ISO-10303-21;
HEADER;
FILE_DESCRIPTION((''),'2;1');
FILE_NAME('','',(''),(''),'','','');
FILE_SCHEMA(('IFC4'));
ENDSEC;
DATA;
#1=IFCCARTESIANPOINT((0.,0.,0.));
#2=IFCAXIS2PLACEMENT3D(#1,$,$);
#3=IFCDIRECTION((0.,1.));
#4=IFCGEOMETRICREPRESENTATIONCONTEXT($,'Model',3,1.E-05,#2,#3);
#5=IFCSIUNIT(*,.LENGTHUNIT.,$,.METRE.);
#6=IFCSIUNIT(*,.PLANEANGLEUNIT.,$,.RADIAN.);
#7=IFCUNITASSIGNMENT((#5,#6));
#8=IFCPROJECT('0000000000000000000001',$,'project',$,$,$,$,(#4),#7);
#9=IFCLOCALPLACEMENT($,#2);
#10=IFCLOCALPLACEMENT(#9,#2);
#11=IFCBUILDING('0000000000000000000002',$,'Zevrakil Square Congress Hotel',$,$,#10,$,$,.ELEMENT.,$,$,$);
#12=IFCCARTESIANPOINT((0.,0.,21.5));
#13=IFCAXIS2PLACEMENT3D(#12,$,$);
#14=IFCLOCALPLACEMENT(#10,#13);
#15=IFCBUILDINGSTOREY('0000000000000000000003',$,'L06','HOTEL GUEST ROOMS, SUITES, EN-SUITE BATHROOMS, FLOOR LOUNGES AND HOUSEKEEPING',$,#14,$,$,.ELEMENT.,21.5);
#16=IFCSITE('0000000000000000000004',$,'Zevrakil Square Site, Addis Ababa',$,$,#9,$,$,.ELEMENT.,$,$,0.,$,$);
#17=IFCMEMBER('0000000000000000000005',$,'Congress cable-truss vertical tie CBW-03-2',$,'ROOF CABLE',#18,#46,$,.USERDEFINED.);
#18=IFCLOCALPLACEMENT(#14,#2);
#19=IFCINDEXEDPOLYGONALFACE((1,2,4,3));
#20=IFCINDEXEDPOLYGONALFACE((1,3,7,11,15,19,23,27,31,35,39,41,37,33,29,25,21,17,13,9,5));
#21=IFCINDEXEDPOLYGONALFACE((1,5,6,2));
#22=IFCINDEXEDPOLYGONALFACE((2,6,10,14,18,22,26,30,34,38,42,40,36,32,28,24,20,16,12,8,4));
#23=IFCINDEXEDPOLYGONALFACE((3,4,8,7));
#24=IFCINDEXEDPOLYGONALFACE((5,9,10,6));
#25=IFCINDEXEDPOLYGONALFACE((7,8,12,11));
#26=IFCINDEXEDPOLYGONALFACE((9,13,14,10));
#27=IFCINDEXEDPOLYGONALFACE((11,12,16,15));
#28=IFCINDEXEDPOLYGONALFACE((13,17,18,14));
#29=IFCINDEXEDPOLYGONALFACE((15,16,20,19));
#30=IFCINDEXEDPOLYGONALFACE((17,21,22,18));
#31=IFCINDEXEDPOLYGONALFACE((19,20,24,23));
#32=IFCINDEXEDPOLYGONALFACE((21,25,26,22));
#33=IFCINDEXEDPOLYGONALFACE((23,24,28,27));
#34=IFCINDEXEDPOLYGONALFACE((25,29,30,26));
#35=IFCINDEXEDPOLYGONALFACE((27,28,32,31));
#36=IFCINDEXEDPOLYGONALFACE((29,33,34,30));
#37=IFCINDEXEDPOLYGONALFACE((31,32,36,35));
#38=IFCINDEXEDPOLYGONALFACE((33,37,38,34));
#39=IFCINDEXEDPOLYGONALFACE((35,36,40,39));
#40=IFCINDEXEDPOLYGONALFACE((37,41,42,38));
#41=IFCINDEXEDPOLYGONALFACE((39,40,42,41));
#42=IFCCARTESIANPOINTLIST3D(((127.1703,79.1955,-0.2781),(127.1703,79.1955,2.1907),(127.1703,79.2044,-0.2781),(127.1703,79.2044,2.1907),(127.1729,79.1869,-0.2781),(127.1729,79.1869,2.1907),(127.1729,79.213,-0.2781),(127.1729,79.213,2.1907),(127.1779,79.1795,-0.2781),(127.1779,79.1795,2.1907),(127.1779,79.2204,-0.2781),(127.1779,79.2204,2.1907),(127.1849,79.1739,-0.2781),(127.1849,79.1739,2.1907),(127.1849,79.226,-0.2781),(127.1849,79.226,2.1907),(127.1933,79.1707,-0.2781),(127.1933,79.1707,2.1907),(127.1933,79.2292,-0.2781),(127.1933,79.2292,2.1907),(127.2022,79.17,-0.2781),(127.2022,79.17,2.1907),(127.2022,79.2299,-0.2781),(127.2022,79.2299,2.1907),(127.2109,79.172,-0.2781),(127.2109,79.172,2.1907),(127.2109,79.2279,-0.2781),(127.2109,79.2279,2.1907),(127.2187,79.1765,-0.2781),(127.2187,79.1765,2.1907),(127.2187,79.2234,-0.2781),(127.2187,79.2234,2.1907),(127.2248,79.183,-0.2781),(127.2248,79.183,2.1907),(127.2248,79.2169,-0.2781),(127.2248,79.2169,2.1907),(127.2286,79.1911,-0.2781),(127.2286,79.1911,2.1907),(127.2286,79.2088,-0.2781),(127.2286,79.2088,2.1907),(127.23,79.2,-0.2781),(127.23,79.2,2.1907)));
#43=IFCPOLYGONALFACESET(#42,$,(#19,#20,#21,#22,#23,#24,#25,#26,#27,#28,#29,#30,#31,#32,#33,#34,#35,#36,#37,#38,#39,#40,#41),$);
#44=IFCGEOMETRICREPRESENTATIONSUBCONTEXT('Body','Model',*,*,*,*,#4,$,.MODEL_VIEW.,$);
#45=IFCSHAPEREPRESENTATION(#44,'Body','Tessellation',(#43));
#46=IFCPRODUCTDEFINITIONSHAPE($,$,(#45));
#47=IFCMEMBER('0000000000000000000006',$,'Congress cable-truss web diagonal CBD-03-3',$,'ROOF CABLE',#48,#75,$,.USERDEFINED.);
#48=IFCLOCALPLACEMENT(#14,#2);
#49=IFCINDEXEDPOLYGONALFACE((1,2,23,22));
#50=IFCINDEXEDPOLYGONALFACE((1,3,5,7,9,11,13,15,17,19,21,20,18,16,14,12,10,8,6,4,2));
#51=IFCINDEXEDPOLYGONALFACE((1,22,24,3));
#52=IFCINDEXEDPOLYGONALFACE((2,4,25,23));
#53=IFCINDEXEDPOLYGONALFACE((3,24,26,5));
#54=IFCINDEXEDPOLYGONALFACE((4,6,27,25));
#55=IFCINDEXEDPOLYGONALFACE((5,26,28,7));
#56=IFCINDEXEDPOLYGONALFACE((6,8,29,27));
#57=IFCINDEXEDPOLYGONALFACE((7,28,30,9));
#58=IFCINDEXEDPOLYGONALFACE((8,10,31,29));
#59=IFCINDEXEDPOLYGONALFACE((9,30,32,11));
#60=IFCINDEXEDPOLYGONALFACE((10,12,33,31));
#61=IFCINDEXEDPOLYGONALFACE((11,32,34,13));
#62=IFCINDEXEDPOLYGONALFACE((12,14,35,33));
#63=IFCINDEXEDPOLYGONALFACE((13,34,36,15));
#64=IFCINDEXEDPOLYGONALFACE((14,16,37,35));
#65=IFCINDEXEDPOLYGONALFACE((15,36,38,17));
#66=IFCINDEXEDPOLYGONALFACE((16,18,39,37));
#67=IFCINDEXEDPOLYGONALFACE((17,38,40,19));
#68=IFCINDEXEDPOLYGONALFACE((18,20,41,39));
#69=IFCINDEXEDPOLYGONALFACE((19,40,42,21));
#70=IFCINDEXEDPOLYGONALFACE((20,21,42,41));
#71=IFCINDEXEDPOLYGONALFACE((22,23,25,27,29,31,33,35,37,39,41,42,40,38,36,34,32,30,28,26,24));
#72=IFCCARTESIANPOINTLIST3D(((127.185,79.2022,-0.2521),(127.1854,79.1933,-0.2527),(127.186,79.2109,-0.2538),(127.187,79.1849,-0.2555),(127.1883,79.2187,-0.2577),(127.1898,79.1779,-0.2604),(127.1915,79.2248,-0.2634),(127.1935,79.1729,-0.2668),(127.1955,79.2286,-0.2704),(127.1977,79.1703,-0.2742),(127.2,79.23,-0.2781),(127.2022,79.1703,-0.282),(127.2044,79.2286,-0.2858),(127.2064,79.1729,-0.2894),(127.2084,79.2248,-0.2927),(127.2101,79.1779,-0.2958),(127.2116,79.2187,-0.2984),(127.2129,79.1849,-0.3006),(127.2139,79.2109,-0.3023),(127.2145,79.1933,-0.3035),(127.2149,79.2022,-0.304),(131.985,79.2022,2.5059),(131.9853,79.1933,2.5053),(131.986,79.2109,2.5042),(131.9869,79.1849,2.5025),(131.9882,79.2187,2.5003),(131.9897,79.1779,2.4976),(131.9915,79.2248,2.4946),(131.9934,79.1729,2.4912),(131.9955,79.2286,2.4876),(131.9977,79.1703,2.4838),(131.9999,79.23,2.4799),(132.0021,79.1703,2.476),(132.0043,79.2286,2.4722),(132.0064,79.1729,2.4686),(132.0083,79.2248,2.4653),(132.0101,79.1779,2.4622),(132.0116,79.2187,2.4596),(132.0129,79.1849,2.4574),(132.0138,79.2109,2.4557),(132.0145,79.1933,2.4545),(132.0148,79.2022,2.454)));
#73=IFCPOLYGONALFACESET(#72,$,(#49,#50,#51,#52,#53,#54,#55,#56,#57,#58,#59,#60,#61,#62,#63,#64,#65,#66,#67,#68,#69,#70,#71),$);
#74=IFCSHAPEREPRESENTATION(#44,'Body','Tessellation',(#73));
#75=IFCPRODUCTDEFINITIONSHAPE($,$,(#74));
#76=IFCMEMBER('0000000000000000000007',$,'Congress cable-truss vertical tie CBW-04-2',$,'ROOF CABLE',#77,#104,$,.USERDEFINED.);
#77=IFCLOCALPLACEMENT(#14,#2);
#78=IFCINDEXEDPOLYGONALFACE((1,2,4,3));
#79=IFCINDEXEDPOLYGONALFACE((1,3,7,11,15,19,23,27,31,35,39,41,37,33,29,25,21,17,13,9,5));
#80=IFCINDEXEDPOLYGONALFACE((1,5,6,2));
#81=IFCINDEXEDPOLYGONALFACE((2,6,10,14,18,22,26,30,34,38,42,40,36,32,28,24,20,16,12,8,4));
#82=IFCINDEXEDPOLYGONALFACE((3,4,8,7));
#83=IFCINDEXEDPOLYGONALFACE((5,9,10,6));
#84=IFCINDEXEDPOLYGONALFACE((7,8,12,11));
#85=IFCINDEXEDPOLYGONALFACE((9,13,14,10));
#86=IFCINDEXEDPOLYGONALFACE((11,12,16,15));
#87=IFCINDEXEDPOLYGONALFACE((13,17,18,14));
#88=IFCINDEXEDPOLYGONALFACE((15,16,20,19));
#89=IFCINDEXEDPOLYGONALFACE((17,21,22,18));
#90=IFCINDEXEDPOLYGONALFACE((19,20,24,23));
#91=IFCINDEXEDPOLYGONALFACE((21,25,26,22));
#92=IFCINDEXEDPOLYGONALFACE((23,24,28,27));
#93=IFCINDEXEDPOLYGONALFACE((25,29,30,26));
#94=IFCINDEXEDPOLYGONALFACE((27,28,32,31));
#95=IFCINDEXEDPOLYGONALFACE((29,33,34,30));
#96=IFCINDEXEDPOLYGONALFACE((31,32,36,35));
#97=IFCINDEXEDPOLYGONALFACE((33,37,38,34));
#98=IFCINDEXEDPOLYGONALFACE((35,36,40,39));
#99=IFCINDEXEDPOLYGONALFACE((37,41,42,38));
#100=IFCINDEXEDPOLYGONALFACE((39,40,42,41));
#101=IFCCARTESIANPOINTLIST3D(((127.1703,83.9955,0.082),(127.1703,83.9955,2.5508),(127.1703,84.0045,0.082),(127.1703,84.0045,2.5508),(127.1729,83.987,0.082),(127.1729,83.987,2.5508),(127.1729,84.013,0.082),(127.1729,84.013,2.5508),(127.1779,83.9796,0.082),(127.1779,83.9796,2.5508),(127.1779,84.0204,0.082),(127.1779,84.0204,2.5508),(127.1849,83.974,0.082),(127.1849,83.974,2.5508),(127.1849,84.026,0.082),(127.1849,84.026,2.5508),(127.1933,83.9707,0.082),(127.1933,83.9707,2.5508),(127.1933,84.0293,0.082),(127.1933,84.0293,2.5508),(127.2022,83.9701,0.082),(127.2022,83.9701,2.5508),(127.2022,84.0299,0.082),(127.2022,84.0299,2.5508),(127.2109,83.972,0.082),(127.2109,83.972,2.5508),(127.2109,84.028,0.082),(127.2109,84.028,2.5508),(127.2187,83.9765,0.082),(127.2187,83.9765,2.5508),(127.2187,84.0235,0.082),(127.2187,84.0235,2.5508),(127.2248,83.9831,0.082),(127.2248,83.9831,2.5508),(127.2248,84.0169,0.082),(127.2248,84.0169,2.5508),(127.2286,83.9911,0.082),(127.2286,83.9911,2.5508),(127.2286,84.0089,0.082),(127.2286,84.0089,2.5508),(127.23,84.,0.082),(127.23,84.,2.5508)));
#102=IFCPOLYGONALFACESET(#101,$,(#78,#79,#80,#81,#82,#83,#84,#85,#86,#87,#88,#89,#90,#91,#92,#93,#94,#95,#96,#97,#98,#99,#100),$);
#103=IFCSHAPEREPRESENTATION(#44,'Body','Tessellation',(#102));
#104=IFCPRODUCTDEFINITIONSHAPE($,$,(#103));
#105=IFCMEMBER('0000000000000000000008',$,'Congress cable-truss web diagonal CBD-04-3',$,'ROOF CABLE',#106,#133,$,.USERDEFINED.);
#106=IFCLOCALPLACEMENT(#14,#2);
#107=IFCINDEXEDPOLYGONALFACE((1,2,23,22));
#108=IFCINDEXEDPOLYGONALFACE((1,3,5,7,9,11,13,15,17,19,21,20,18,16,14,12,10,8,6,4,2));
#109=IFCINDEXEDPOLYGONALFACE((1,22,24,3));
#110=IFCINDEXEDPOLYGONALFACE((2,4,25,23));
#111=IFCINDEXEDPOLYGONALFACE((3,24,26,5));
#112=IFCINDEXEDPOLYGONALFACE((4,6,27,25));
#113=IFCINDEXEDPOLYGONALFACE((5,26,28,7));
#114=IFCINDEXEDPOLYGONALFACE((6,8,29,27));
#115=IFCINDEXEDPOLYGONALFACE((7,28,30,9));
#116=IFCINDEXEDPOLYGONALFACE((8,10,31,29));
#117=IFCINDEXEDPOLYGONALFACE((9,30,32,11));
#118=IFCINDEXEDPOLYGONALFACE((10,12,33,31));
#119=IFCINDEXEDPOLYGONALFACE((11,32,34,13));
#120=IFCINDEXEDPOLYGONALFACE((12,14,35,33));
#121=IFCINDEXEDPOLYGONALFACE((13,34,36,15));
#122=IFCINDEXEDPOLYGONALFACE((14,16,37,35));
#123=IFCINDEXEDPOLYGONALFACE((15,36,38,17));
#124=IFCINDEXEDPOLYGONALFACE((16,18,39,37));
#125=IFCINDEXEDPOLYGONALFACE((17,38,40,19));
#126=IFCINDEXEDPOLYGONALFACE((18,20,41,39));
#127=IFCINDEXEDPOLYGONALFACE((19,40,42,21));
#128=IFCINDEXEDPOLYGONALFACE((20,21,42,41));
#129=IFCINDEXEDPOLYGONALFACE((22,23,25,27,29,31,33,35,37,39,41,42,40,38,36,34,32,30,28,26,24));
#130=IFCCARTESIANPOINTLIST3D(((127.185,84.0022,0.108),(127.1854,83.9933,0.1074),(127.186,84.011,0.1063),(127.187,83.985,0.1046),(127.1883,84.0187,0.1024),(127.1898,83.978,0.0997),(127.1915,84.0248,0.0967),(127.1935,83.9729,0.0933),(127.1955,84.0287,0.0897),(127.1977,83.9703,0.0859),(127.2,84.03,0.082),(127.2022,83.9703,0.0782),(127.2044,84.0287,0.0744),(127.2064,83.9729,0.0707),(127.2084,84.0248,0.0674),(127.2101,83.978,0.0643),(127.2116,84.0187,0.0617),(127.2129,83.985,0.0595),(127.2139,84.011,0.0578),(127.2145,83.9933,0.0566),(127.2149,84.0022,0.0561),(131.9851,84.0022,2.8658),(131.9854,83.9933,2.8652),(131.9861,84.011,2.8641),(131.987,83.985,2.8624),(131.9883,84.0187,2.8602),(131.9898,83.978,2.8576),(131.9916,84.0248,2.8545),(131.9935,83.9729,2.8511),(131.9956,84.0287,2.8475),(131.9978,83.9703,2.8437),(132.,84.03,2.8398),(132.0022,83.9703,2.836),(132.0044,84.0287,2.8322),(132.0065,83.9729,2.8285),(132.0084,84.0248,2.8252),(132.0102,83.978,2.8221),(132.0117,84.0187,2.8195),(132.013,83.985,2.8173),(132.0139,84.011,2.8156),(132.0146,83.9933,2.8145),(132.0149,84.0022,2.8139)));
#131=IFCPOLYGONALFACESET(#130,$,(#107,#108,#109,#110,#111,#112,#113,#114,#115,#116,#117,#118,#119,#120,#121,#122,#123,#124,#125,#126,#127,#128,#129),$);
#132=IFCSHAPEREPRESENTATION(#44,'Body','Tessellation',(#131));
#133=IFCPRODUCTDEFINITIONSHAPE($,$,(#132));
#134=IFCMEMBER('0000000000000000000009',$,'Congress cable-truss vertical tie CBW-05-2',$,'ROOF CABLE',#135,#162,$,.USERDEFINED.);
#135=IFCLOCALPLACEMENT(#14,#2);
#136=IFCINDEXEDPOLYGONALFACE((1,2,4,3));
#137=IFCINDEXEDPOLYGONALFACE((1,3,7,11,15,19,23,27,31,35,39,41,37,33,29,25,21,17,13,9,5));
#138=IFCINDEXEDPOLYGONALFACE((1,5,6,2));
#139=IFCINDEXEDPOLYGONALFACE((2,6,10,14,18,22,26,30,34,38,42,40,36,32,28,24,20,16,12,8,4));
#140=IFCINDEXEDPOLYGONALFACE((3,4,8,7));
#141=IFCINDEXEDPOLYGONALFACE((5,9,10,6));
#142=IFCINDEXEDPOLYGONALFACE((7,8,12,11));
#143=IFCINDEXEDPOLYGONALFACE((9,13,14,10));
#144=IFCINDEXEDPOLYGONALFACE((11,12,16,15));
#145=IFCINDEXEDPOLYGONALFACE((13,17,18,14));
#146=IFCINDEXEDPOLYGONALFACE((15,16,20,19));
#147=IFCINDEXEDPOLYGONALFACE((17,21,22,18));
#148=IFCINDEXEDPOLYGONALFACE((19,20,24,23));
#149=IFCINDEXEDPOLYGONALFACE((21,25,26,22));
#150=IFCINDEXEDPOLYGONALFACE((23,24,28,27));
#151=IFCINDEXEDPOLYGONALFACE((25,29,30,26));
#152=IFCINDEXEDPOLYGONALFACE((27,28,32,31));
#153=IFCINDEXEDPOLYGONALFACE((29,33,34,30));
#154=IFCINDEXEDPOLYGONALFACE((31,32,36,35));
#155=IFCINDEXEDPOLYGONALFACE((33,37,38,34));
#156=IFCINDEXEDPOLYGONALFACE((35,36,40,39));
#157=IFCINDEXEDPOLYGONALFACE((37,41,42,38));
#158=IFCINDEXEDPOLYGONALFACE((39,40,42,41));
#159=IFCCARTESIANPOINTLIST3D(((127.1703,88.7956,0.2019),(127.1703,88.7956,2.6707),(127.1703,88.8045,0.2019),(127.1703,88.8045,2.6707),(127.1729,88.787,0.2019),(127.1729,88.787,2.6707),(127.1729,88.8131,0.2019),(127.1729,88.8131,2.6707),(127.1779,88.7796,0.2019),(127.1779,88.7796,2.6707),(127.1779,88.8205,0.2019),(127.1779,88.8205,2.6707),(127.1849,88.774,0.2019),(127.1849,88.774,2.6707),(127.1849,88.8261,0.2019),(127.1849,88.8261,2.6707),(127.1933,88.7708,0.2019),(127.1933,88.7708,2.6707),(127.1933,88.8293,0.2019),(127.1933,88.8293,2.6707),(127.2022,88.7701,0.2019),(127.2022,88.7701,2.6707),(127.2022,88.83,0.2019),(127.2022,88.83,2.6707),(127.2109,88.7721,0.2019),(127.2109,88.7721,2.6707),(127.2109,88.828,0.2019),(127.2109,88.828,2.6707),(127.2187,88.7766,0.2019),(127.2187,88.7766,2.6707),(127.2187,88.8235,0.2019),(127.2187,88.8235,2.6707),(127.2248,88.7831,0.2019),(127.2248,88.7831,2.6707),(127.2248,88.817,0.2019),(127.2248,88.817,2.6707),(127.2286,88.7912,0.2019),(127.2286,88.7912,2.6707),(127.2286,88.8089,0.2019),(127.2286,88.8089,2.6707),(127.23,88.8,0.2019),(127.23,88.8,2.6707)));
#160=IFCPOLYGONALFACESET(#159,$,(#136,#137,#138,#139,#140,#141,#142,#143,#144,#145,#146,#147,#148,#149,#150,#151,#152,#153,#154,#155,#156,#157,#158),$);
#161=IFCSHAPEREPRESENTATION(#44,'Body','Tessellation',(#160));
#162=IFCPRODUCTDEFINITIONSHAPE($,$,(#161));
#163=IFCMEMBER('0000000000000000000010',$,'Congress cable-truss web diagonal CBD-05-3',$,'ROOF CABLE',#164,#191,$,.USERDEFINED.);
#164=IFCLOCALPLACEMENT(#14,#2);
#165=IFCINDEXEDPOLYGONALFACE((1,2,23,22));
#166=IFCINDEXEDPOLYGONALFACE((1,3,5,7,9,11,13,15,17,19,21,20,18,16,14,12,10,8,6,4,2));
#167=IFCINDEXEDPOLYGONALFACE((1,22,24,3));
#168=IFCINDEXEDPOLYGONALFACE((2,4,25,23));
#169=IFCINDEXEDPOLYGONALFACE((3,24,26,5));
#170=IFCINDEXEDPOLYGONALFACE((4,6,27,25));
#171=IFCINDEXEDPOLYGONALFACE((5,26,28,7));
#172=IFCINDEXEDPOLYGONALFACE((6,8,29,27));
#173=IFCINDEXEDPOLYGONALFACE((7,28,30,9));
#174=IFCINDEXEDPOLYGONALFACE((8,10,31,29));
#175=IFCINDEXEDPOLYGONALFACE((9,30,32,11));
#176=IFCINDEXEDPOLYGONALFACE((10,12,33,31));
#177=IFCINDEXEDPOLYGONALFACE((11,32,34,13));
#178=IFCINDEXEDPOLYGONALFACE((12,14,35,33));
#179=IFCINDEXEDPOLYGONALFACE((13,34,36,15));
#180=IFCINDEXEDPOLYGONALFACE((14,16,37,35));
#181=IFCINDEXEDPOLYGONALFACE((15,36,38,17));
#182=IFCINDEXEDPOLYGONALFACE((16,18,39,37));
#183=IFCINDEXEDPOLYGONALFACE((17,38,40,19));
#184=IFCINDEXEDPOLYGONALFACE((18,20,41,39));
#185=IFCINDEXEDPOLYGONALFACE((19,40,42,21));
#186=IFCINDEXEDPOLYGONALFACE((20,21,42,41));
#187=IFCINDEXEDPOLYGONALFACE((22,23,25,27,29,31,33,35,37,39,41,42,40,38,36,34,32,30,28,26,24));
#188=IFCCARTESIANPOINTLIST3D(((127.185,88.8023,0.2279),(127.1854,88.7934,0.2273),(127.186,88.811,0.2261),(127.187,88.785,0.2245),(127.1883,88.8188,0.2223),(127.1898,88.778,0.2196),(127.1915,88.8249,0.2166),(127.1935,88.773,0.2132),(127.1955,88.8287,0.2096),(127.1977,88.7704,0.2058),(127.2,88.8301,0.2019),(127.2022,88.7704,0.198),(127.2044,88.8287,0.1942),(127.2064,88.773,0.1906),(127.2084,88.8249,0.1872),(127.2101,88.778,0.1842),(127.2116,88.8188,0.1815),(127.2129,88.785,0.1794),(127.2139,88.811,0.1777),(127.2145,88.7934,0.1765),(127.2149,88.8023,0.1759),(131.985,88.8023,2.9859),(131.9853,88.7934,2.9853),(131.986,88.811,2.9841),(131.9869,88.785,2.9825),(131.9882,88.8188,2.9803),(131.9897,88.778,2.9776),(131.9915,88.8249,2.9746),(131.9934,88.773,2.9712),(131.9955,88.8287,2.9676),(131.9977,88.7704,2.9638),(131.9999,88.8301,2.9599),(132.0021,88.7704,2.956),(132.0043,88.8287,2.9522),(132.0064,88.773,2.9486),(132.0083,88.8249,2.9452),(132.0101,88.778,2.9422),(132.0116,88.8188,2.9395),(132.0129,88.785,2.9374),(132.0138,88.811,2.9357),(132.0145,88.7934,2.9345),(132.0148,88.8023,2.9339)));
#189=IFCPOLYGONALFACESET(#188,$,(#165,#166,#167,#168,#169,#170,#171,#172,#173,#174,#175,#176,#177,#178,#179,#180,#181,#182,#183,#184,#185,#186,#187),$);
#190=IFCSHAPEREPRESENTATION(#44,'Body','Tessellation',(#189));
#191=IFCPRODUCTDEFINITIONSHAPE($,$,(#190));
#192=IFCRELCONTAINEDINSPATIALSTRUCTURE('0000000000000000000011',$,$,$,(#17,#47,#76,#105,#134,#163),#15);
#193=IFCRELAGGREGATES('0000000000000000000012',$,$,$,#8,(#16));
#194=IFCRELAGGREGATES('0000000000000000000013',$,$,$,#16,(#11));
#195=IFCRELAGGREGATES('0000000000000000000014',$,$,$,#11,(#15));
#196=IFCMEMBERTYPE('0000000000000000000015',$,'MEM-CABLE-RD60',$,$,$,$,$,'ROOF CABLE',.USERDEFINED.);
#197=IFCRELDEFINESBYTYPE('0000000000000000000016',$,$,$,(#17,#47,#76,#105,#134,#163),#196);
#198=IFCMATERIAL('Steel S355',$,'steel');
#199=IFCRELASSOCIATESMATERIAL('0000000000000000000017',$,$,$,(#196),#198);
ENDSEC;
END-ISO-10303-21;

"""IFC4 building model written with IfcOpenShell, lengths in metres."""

from ifc_helpers import new_model, si_unit, direction, frame, origin, origin_2d, place, context, subcontext, project, spatial, circle, extrude, material, material_profile, profile_set, type_object, element, save


model = new_model("IFC4")

# Units and contexts
model_context = context("Model", 3, precision=1e-05, world=origin(), true_north=direction((0.0, 1.0)))
body_context = subcontext(model_context, "Body", "Model", "MODEL_VIEW")
ifc_project = project(units=[si_unit("LENGTHUNIT", "METRE"), si_unit("PLANEANGLEUNIT", "RADIAN")], contexts=[model_context])

# Site, building, storey
site_placement = place(None, origin())
site = spatial("IfcSite", under=ifc_project, at=site_placement, Name="Zevrakil Square Site, Addis Ababa", CompositionType="ELEMENT", RefElevation=0.0)
building_placement = place(site_placement, origin())
building = spatial("IfcBuilding", under=site, at=building_placement, Name="Zevrakil Square Congress Hotel", CompositionType="ELEMENT")
storey_placement = place(building_placement, frame((0.0, 0.0, 21.5)))
storey = spatial("IfcBuildingStorey", under=building, at=storey_placement, Name="L06", Description="HOTEL GUEST ROOMS, SUITES, EN-SUITE BATHROOMS, FLOOR LOUNGES AND HOUSEKEEPING", CompositionType="ELEMENT", Elevation=21.5)

# Members
ifc_material_1 = material(Name="Steel S355", Category="steel")
ifc_material_profile_1 = material_profile(ifc_material_1, circle(Radius=0.03, at=origin_2d()), Name="CABLE RD60")
ifc_profile_set_1 = profile_set([ifc_material_profile_1], Name="Steel S355")
member_type_1 = type_object("IfcMemberType", Name="MEM-CABLE-RD60", ElementType="ROOF CABLE", PredefinedType="USERDEFINED", material=ifc_profile_set_1)
member_1_placement = place(storey_placement, frame((127.2, 79.2, -0.2781), z_axis=(0.0, 0.0, 1.0), x_axis=(1.0, 0.0, 0.0)))
element("IfcMember", 1, at=member_1_placement, inside=storey, type_object=member_type_1, Name="Congress cable-truss vertical tie CBW-03-2", ObjectType="ROOF CABLE", PredefinedType="USERDEFINED", context=body_context, shape_type="SweptSolid", body=[
    extrude(circle(Radius=0.03, at=origin_2d()), origin(), (0.0, 0.0, 1.0), 2.4688),
])
member_2_placement = place(storey_placement, frame((127.2, 79.2, -0.2781), z_axis=(0.86706, 0.0, 0.498203), x_axis=(0.0, 1.0, 0.0)))
element("IfcMember", 2, at=member_2_placement, inside=storey, type_object=member_type_1, Name="Congress cable-truss web diagonal CBD-03-3", ObjectType="ROOF CABLE", PredefinedType="USERDEFINED", context=body_context, shape_type="SweptSolid", body=[
    extrude(circle(Radius=0.03, at=origin_2d()), origin(), (0.0, 0.0, 1.0), 5.5359),
])
member_3_placement = place(storey_placement, frame((127.2, 84.0, 0.082), z_axis=(0.0, 0.0, 1.0), x_axis=(1.0, 0.0, 0.0)))
element("IfcMember", 3, at=member_3_placement, inside=storey, type_object=member_type_1, Name="Congress cable-truss vertical tie CBW-04-2", ObjectType="ROOF CABLE", PredefinedType="USERDEFINED", context=body_context, shape_type="SweptSolid", body=[
    extrude(circle(Radius=0.03, at=origin_2d()), origin(), (0.0, 0.0, 1.0), 2.4688),
])
member_4_placement = place(storey_placement, frame((127.2, 84.0, 0.082), z_axis=(0.867079, 0.0, 0.49817), x_axis=(0.0, 1.0, 0.0)))
element("IfcMember", 4, at=member_4_placement, inside=storey, type_object=member_type_1, Name="Congress cable-truss web diagonal CBD-04-3", ObjectType="ROOF CABLE", PredefinedType="USERDEFINED", context=body_context, shape_type="SweptSolid", body=[
    extrude(circle(Radius=0.03, at=origin_2d()), origin(), (0.0, 0.0, 1.0), 5.5359),
])
member_5_placement = place(storey_placement, frame((127.2, 88.8, 0.2019), z_axis=(0.0, 0.0, 1.0), x_axis=(1.0, 0.0, 0.0)))
element("IfcMember", 5, at=member_5_placement, inside=storey, type_object=member_type_1, Name="Congress cable-truss vertical tie CBW-05-2", ObjectType="ROOF CABLE", PredefinedType="USERDEFINED", context=body_context, shape_type="SweptSolid", body=[
    extrude(circle(Radius=0.03, at=origin_2d()), origin(), (0.0, 0.0, 1.0), 2.4688),
])
member_6_placement = place(storey_placement, frame((127.2, 88.8, 0.2019), z_axis=(0.86706, 0.0, 0.498203), x_axis=(0.0, 1.0, 0.0)))
element("IfcMember", 6, at=member_6_placement, inside=storey, type_object=member_type_1, Name="Congress cable-truss web diagonal CBD-05-3", ObjectType="ROOF CABLE", PredefinedType="USERDEFINED", context=body_context, shape_type="SweptSolid", body=[
    extrude(circle(Radius=0.03, at=origin_2d()), origin(), (0.0, 0.0, 1.0), 5.5359),
])

save(model, "model.ifc")
